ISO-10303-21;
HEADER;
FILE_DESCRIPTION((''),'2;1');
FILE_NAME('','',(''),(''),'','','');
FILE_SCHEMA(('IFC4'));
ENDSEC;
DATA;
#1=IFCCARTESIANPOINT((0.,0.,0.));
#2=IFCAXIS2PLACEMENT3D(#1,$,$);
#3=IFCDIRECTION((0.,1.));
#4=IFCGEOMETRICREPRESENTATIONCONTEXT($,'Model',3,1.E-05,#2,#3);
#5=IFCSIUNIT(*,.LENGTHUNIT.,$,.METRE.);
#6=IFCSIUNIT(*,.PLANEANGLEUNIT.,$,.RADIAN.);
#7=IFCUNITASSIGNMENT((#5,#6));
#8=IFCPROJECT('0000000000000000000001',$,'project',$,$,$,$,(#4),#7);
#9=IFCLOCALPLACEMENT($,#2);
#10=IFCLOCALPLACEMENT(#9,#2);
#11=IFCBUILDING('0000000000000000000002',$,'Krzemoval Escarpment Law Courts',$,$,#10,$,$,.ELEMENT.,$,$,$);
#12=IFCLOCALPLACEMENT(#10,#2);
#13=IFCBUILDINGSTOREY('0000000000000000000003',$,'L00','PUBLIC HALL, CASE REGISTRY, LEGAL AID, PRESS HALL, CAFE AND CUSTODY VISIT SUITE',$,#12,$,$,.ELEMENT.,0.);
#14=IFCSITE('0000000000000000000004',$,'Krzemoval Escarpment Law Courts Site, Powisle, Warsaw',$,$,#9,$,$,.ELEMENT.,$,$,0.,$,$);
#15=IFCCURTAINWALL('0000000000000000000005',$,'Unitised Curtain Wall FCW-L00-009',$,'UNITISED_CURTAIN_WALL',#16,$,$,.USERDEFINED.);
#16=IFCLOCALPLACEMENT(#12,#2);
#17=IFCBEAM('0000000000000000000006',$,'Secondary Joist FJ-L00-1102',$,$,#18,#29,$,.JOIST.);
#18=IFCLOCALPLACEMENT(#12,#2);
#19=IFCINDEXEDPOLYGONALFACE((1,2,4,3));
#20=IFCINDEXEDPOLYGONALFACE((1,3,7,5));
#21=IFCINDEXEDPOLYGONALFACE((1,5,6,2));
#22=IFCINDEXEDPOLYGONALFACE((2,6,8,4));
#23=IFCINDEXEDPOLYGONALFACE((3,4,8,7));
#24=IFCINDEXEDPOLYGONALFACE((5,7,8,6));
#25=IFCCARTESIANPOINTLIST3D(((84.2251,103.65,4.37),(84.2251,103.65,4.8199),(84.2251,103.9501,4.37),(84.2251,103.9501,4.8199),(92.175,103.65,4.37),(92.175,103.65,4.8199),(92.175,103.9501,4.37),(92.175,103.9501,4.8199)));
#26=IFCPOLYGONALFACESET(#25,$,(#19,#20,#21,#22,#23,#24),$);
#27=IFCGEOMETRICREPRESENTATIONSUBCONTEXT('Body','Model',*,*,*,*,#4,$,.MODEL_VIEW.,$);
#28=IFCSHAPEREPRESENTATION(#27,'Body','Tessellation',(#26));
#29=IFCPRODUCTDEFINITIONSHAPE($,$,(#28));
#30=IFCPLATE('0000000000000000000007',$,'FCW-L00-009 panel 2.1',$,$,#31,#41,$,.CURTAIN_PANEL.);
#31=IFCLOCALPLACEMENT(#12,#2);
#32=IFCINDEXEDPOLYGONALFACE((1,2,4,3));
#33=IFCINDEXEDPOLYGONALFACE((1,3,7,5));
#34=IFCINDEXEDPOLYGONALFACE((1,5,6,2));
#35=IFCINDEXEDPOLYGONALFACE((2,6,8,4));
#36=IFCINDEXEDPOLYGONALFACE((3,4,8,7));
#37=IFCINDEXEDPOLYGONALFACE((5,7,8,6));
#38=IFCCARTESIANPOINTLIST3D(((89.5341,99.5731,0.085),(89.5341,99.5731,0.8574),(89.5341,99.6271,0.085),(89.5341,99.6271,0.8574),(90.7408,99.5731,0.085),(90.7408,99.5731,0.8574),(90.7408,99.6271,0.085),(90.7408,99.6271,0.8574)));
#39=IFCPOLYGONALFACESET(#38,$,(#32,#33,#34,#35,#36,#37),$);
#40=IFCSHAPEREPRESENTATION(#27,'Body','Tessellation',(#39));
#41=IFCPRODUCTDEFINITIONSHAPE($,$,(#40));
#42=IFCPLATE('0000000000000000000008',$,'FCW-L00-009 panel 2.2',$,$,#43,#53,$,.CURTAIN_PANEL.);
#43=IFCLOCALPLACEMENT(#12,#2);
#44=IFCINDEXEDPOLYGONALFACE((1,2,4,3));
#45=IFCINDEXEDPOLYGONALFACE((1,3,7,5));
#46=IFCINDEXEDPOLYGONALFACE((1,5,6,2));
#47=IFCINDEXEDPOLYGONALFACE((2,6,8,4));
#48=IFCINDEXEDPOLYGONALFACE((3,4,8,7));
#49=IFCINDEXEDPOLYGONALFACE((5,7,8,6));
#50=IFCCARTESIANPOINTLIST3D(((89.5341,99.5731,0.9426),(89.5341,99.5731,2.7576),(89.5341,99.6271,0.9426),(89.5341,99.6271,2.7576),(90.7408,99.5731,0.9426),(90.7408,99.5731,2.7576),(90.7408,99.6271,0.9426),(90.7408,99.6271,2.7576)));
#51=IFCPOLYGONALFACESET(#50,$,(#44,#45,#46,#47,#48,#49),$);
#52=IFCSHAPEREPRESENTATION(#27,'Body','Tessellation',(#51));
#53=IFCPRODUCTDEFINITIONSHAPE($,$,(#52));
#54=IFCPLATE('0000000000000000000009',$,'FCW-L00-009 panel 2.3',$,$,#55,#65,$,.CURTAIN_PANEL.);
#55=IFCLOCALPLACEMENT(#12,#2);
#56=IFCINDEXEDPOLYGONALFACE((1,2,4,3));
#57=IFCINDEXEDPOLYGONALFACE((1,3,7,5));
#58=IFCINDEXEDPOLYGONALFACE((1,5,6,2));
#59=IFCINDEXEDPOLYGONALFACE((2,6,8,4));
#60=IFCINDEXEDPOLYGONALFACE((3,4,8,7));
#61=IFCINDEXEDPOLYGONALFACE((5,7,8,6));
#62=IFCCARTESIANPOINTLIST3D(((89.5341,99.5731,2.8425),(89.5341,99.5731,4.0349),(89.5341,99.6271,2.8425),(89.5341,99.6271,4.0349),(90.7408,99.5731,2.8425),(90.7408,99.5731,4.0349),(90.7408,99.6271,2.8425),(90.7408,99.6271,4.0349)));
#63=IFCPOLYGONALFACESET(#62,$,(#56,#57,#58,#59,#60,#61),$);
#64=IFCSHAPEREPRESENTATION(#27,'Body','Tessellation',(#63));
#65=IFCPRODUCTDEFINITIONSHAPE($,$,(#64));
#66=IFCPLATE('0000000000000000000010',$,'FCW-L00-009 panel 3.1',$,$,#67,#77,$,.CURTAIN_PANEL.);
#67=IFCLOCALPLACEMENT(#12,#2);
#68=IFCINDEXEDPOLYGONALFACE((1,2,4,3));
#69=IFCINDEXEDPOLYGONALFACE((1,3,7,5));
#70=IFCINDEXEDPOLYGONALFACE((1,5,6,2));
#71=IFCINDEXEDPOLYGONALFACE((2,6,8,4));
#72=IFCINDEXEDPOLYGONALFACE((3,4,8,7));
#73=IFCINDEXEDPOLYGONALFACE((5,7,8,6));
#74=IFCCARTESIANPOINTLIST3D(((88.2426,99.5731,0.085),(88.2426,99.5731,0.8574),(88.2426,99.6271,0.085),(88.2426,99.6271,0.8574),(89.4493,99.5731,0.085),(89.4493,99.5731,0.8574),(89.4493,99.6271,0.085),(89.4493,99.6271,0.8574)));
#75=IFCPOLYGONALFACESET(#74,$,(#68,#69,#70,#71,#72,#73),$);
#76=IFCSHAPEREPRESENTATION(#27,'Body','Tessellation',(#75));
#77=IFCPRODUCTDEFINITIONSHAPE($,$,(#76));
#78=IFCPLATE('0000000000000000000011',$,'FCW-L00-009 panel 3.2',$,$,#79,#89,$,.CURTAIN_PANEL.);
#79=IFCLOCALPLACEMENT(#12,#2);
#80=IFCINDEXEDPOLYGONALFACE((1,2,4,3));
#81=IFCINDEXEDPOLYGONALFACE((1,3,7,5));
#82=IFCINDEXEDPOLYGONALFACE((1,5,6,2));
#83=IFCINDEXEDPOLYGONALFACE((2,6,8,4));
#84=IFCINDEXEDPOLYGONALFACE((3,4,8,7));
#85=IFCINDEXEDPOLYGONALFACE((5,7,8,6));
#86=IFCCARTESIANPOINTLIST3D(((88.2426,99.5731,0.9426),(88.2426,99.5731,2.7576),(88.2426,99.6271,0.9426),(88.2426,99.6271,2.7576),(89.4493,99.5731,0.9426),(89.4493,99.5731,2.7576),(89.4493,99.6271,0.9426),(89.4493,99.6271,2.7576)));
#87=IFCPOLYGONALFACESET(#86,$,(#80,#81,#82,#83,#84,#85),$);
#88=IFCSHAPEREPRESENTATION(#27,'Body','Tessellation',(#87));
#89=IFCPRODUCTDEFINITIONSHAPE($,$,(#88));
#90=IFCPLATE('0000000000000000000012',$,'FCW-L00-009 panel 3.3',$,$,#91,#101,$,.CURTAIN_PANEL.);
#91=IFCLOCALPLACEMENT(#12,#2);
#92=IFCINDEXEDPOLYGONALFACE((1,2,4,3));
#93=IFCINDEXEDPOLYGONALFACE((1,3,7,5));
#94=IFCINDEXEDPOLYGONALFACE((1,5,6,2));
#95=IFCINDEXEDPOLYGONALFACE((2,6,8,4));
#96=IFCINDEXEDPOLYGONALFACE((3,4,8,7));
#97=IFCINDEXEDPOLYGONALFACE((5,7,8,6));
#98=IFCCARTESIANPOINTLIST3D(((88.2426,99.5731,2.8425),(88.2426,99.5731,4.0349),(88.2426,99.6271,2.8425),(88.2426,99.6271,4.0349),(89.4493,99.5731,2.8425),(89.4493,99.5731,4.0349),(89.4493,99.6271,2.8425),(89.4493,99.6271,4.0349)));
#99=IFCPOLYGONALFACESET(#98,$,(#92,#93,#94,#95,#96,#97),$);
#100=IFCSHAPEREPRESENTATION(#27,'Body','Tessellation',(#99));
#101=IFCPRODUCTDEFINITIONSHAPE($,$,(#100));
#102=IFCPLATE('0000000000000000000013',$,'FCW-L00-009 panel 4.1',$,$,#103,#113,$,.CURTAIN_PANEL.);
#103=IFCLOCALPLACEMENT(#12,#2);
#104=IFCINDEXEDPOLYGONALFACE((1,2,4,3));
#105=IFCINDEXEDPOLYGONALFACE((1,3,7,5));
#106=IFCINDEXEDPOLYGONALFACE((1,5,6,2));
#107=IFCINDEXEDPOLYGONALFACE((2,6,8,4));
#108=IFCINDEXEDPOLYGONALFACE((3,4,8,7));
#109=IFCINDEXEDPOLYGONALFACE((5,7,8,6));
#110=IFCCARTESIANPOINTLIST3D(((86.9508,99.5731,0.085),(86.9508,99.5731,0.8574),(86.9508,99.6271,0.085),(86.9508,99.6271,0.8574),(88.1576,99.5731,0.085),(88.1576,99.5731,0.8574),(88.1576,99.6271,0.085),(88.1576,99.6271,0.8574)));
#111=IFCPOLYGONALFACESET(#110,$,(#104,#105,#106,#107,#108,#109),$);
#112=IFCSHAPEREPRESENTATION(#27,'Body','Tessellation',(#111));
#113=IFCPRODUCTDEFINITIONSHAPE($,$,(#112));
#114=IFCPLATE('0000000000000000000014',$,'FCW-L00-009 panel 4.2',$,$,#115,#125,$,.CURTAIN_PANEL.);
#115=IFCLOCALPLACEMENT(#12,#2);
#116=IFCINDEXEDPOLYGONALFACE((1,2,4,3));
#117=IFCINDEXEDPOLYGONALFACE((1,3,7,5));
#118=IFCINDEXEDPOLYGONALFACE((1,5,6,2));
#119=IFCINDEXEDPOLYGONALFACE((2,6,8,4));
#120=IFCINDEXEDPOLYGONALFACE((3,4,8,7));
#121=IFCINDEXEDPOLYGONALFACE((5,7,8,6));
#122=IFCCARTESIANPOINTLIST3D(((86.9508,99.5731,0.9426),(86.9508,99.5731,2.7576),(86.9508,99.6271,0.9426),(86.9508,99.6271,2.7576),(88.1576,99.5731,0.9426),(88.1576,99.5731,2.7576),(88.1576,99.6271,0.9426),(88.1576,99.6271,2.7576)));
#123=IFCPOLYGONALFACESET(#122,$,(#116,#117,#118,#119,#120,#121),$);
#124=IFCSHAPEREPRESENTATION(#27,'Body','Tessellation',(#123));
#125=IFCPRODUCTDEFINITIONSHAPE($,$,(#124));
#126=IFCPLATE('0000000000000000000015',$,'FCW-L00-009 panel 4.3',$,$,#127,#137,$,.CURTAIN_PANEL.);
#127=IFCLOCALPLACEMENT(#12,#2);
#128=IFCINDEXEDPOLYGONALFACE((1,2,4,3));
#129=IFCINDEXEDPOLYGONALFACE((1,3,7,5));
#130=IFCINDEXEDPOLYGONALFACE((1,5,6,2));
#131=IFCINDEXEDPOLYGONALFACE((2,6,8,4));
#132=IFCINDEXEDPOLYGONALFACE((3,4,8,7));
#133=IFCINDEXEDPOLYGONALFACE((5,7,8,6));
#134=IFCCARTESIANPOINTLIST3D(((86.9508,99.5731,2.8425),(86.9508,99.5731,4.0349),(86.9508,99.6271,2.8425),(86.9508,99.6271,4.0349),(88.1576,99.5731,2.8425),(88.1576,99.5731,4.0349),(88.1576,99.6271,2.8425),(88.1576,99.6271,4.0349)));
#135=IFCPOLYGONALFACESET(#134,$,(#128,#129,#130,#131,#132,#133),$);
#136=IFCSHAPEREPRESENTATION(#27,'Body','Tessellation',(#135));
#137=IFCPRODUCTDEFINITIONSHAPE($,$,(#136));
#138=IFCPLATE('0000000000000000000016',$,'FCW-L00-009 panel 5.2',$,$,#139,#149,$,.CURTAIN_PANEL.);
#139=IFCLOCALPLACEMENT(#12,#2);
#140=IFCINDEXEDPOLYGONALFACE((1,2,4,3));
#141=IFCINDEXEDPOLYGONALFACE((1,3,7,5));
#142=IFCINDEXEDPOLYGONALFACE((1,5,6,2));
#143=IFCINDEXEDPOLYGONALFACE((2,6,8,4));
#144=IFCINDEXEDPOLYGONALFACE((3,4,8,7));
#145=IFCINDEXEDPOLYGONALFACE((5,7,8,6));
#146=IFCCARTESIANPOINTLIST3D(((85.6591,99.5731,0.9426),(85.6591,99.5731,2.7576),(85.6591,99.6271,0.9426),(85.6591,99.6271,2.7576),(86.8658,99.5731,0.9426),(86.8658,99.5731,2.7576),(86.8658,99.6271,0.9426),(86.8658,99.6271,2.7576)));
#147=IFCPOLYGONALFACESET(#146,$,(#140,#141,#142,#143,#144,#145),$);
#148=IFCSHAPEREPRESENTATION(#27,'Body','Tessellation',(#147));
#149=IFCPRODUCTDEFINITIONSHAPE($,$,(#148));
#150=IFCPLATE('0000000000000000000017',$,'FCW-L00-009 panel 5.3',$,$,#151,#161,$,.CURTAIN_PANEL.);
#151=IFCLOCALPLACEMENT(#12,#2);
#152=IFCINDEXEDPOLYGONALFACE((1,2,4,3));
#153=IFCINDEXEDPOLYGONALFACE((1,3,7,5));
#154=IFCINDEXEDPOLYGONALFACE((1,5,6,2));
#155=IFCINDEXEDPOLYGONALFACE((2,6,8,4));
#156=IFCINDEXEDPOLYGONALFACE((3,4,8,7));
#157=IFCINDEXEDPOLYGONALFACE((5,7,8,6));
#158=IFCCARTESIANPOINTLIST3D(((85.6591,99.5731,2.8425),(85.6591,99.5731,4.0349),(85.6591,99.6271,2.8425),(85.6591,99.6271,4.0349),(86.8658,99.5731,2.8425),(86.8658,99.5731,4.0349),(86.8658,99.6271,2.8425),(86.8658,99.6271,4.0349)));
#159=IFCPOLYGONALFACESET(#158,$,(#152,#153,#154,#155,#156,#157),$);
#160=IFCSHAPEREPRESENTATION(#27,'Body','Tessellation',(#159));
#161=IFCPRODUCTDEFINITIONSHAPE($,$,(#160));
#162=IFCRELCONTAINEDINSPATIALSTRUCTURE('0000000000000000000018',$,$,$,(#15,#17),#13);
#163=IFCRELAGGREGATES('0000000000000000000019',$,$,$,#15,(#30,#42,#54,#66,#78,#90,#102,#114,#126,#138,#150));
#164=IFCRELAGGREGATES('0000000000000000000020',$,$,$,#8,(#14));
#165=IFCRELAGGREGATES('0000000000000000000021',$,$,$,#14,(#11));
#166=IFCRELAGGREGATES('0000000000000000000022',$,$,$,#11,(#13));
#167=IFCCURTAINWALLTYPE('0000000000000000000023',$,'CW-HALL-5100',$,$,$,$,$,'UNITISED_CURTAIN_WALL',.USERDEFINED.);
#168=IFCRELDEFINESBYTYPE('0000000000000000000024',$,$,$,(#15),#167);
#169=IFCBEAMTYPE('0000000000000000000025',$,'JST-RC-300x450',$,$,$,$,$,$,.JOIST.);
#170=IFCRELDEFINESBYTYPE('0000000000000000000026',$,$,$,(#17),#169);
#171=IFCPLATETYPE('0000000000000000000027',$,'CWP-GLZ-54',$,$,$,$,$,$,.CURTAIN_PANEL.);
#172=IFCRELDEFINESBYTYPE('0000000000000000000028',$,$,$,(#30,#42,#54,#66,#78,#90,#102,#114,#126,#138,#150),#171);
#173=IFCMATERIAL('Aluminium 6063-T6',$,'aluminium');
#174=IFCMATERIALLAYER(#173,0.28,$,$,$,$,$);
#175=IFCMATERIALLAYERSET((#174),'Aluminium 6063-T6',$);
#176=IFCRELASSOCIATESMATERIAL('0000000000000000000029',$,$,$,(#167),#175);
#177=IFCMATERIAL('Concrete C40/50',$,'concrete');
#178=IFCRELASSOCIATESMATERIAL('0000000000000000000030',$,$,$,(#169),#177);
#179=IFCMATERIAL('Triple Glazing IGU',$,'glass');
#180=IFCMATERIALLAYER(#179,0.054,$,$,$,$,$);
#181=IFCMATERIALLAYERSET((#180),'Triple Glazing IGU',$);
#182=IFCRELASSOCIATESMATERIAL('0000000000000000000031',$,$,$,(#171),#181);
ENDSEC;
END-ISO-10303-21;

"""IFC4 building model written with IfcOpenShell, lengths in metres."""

from ifc_helpers import new_model, si_unit, direction, frame, origin, origin_2d, place, context, subcontext, project, spatial, rectangle, extrude, material, layer, layer_set, material_profile, profile_set, type_object, element, aggregate, save


model = new_model("IFC4")

# Units and contexts
model_context = context("Model", 3, precision=1e-05, world=origin(), true_north=direction((0.0, 1.0)))
body_context = subcontext(model_context, "Body", "Model", "MODEL_VIEW")
ifc_project = project(units=[si_unit("LENGTHUNIT", "METRE"), si_unit("PLANEANGLEUNIT", "RADIAN")], contexts=[model_context])

# Site, building, storey
site_placement = place(None, origin())
site = spatial("IfcSite", under=ifc_project, at=site_placement, Name="Krzemoval Escarpment Law Courts Site, Powisle, Warsaw", CompositionType="ELEMENT", RefElevation=0.0)
building_placement = place(site_placement, origin())
building = spatial("IfcBuilding", under=site, at=building_placement, Name="Krzemoval Escarpment Law Courts", CompositionType="ELEMENT")
storey_placement = place(building_placement, origin())
storey = spatial("IfcBuildingStorey", under=building, at=storey_placement, Name="L00", Description="PUBLIC HALL, CASE REGISTRY, LEGAL AID, PRESS HALL, CAFE AND CUSTODY VISIT SUITE", CompositionType="ELEMENT", Elevation=0.0)

# Curtain wall
ifc_material_1 = material(Name="Aluminium 6063-T6", Category="aluminium")
ifc_layer_1 = layer(ifc_material_1, 0.28)
ifc_layer_set_1 = layer_set([ifc_layer_1], Name="Aluminium 6063-T6")
curtain_wall_type = type_object("IfcCurtainWallType", Name="CW-HALL-5100", ElementType="UNITISED_CURTAIN_WALL", PredefinedType="USERDEFINED", material=ifc_layer_set_1)
curtain_wall_placement = place(storey_placement, origin())
curtain_wall = element("IfcCurtainWall", 1, at=curtain_wall_placement, inside=storey, type_object=curtain_wall_type, Name="Unitised Curtain Wall FCW-L00-009", ObjectType="UNITISED_CURTAIN_WALL", PredefinedType="USERDEFINED")

# Beam
ifc_material_2 = material(Name="Concrete C40/50", Category="concrete")
ifc_material_profile_1 = material_profile(ifc_material_2, rectangle(XDim=0.3, YDim=0.45, at=origin_2d()), Name="RCB 300x450")
ifc_profile_set_1 = profile_set([ifc_material_profile_1], Name="Concrete C40/50")
beam_type_1 = type_object("IfcBeamType", Name="JST-RC-300x450", PredefinedType="JOIST", material=ifc_profile_set_1)
beam_1_placement = place(storey_placement, frame((84.2251, 103.8, 4.595), z_axis=(1.0, 0.0, 0.0), x_axis=(0.0, 1.0, 0.0)))
element("IfcBeam", 2, at=beam_1_placement, inside=storey, type_object=beam_type_1, Name="Secondary Joist FJ-L00-1102", PredefinedType="JOIST", context=body_context, shape_type="SweptSolid", body=[
    extrude(rectangle(XDim=0.3, YDim=0.45, at=origin_2d()), origin(), (0.0, 0.0, 1.0), 7.95),
])

# Plates
ifc_material_3 = material(Name="Triple Glazing IGU", Category="glass")
ifc_layer_2 = layer(ifc_material_3, 0.054)
ifc_layer_set_2 = layer_set([ifc_layer_2], Name="Triple Glazing IGU")
plate_type = type_object("IfcPlateType", Name="CWP-GLZ-54", PredefinedType="CURTAIN_PANEL", material=ifc_layer_set_2)
plate_1_placement = place(storey_placement, frame((90.1375, 99.6001, 0.085), z_axis=(0.0, 0.0, 1.0), x_axis=(-1.0, 0.0, 0.0)))
plate_1 = element("IfcPlate", 3, at=plate_1_placement, type_object=plate_type, Name="FCW-L00-009 panel 2.1", PredefinedType="CURTAIN_PANEL", context=body_context, shape_type="SweptSolid", body=[
    extrude(rectangle(XDim=1.2068, YDim=0.054, at=origin_2d()), origin(), (0.0, 0.0, 1.0), 0.7725),
])
plate_2_placement = place(storey_placement, frame((90.1375, 99.6001, 0.9426), z_axis=(0.0, 0.0, 1.0), x_axis=(-1.0, 0.0, 0.0)))
plate_2 = element("IfcPlate", 4, at=plate_2_placement, type_object=plate_type, Name="FCW-L00-009 panel 2.2", PredefinedType="CURTAIN_PANEL", context=body_context, shape_type="SweptSolid", body=[
    extrude(rectangle(XDim=1.2068, YDim=0.054, at=origin_2d()), origin(), (0.0, 0.0, 1.0), 1.8149),
])
plate_3_placement = place(storey_placement, frame((90.1375, 99.6001, 2.8425), z_axis=(0.0, 0.0, 1.0), x_axis=(-1.0, 0.0, 0.0)))
plate_3 = element("IfcPlate", 5, at=plate_3_placement, type_object=plate_type, Name="FCW-L00-009 panel 2.3", PredefinedType="CURTAIN_PANEL", context=body_context, shape_type="SweptSolid", body=[
    extrude(rectangle(XDim=1.2068, YDim=0.054, at=origin_2d()), origin(), (0.0, 0.0, 1.0), 1.1924),
])
plate_4_placement = place(storey_placement, frame((88.8459, 99.6001, 0.085), z_axis=(0.0, 0.0, 1.0), x_axis=(-1.0, 0.0, 0.0)))
plate_4 = element("IfcPlate", 6, at=plate_4_placement, type_object=plate_type, Name="FCW-L00-009 panel 3.1", PredefinedType="CURTAIN_PANEL", context=body_context, shape_type="SweptSolid", body=[
    extrude(rectangle(XDim=1.2068, YDim=0.054, at=origin_2d()), origin(), (0.0, 0.0, 1.0), 0.7725),
])
plate_5_placement = place(storey_placement, frame((88.8459, 99.6001, 0.9426), z_axis=(0.0, 0.0, 1.0), x_axis=(-1.0, 0.0, 0.0)))
plate_5 = element("IfcPlate", 7, at=plate_5_placement, type_object=plate_type, Name="FCW-L00-009 panel 3.2", PredefinedType="CURTAIN_PANEL", context=body_context, shape_type="SweptSolid", body=[
    extrude(rectangle(XDim=1.2068, YDim=0.054, at=origin_2d()), origin(), (0.0, 0.0, 1.0), 1.8149),
])
plate_6_placement = place(storey_placement, frame((88.8459, 99.6001, 2.8425), z_axis=(0.0, 0.0, 1.0), x_axis=(-1.0, 0.0, 0.0)))
plate_6 = element("IfcPlate", 8, at=plate_6_placement, type_object=plate_type, Name="FCW-L00-009 panel 3.3", PredefinedType="CURTAIN_PANEL", context=body_context, shape_type="SweptSolid", body=[
    extrude(rectangle(XDim=1.2068, YDim=0.054, at=origin_2d()), origin(), (0.0, 0.0, 1.0), 1.1924),
])
plate_7_placement = place(storey_placement, frame((87.5542, 99.6001, 0.085), z_axis=(0.0, 0.0, 1.0), x_axis=(-1.0, 0.0, 0.0)))
plate_7 = element("IfcPlate", 9, at=plate_7_placement, type_object=plate_type, Name="FCW-L00-009 panel 4.1", PredefinedType="CURTAIN_PANEL", context=body_context, shape_type="SweptSolid", body=[
    extrude(rectangle(XDim=1.2068, YDim=0.054, at=origin_2d()), origin(), (0.0, 0.0, 1.0), 0.7725),
])
plate_8_placement = place(storey_placement, frame((87.5542, 99.6001, 0.9426), z_axis=(0.0, 0.0, 1.0), x_axis=(-1.0, 0.0, 0.0)))
plate_8 = element("IfcPlate", 10, at=plate_8_placement, type_object=plate_type, Name="FCW-L00-009 panel 4.2", PredefinedType="CURTAIN_PANEL", context=body_context, shape_type="SweptSolid", body=[
    extrude(rectangle(XDim=1.2068, YDim=0.054, at=origin_2d()), origin(), (0.0, 0.0, 1.0), 1.8149),
])
plate_9_placement = place(storey_placement, frame((87.5542, 99.6001, 2.8425), z_axis=(0.0, 0.0, 1.0), x_axis=(-1.0, 0.0, 0.0)))
plate_9 = element("IfcPlate", 11, at=plate_9_placement, type_object=plate_type, Name="FCW-L00-009 panel 4.3", PredefinedType="CURTAIN_PANEL", context=body_context, shape_type="SweptSolid", body=[
    extrude(rectangle(XDim=1.2068, YDim=0.054, at=origin_2d()), origin(), (0.0, 0.0, 1.0), 1.1924),
])
plate_10_placement = place(storey_placement, frame((86.2625, 99.6001, 0.9426), z_axis=(0.0, 0.0, 1.0), x_axis=(-1.0, 0.0, 0.0)))
plate_10 = element("IfcPlate", 12, at=plate_10_placement, type_object=plate_type, Name="FCW-L00-009 panel 5.2", PredefinedType="CURTAIN_PANEL", context=body_context, shape_type="SweptSolid", body=[
    extrude(rectangle(XDim=1.2068, YDim=0.054, at=origin_2d()), origin(), (0.0, 0.0, 1.0), 1.8149),
])
plate_11_placement = place(storey_placement, frame((86.2625, 99.6001, 2.8425), z_axis=(0.0, 0.0, 1.0), x_axis=(-1.0, 0.0, 0.0)))
plate_11 = element("IfcPlate", 13, at=plate_11_placement, type_object=plate_type, Name="FCW-L00-009 panel 5.3", PredefinedType="CURTAIN_PANEL", context=body_context, shape_type="SweptSolid", body=[
    extrude(rectangle(XDim=1.2068, YDim=0.054, at=origin_2d()), origin(), (0.0, 0.0, 1.0), 1.1924),
])
aggregate(curtain_wall, [plate_1, plate_2, plate_3, plate_4, plate_5, plate_6, plate_7, plate_8, plate_9, plate_10, plate_11])

save(model, "model.ifc")
